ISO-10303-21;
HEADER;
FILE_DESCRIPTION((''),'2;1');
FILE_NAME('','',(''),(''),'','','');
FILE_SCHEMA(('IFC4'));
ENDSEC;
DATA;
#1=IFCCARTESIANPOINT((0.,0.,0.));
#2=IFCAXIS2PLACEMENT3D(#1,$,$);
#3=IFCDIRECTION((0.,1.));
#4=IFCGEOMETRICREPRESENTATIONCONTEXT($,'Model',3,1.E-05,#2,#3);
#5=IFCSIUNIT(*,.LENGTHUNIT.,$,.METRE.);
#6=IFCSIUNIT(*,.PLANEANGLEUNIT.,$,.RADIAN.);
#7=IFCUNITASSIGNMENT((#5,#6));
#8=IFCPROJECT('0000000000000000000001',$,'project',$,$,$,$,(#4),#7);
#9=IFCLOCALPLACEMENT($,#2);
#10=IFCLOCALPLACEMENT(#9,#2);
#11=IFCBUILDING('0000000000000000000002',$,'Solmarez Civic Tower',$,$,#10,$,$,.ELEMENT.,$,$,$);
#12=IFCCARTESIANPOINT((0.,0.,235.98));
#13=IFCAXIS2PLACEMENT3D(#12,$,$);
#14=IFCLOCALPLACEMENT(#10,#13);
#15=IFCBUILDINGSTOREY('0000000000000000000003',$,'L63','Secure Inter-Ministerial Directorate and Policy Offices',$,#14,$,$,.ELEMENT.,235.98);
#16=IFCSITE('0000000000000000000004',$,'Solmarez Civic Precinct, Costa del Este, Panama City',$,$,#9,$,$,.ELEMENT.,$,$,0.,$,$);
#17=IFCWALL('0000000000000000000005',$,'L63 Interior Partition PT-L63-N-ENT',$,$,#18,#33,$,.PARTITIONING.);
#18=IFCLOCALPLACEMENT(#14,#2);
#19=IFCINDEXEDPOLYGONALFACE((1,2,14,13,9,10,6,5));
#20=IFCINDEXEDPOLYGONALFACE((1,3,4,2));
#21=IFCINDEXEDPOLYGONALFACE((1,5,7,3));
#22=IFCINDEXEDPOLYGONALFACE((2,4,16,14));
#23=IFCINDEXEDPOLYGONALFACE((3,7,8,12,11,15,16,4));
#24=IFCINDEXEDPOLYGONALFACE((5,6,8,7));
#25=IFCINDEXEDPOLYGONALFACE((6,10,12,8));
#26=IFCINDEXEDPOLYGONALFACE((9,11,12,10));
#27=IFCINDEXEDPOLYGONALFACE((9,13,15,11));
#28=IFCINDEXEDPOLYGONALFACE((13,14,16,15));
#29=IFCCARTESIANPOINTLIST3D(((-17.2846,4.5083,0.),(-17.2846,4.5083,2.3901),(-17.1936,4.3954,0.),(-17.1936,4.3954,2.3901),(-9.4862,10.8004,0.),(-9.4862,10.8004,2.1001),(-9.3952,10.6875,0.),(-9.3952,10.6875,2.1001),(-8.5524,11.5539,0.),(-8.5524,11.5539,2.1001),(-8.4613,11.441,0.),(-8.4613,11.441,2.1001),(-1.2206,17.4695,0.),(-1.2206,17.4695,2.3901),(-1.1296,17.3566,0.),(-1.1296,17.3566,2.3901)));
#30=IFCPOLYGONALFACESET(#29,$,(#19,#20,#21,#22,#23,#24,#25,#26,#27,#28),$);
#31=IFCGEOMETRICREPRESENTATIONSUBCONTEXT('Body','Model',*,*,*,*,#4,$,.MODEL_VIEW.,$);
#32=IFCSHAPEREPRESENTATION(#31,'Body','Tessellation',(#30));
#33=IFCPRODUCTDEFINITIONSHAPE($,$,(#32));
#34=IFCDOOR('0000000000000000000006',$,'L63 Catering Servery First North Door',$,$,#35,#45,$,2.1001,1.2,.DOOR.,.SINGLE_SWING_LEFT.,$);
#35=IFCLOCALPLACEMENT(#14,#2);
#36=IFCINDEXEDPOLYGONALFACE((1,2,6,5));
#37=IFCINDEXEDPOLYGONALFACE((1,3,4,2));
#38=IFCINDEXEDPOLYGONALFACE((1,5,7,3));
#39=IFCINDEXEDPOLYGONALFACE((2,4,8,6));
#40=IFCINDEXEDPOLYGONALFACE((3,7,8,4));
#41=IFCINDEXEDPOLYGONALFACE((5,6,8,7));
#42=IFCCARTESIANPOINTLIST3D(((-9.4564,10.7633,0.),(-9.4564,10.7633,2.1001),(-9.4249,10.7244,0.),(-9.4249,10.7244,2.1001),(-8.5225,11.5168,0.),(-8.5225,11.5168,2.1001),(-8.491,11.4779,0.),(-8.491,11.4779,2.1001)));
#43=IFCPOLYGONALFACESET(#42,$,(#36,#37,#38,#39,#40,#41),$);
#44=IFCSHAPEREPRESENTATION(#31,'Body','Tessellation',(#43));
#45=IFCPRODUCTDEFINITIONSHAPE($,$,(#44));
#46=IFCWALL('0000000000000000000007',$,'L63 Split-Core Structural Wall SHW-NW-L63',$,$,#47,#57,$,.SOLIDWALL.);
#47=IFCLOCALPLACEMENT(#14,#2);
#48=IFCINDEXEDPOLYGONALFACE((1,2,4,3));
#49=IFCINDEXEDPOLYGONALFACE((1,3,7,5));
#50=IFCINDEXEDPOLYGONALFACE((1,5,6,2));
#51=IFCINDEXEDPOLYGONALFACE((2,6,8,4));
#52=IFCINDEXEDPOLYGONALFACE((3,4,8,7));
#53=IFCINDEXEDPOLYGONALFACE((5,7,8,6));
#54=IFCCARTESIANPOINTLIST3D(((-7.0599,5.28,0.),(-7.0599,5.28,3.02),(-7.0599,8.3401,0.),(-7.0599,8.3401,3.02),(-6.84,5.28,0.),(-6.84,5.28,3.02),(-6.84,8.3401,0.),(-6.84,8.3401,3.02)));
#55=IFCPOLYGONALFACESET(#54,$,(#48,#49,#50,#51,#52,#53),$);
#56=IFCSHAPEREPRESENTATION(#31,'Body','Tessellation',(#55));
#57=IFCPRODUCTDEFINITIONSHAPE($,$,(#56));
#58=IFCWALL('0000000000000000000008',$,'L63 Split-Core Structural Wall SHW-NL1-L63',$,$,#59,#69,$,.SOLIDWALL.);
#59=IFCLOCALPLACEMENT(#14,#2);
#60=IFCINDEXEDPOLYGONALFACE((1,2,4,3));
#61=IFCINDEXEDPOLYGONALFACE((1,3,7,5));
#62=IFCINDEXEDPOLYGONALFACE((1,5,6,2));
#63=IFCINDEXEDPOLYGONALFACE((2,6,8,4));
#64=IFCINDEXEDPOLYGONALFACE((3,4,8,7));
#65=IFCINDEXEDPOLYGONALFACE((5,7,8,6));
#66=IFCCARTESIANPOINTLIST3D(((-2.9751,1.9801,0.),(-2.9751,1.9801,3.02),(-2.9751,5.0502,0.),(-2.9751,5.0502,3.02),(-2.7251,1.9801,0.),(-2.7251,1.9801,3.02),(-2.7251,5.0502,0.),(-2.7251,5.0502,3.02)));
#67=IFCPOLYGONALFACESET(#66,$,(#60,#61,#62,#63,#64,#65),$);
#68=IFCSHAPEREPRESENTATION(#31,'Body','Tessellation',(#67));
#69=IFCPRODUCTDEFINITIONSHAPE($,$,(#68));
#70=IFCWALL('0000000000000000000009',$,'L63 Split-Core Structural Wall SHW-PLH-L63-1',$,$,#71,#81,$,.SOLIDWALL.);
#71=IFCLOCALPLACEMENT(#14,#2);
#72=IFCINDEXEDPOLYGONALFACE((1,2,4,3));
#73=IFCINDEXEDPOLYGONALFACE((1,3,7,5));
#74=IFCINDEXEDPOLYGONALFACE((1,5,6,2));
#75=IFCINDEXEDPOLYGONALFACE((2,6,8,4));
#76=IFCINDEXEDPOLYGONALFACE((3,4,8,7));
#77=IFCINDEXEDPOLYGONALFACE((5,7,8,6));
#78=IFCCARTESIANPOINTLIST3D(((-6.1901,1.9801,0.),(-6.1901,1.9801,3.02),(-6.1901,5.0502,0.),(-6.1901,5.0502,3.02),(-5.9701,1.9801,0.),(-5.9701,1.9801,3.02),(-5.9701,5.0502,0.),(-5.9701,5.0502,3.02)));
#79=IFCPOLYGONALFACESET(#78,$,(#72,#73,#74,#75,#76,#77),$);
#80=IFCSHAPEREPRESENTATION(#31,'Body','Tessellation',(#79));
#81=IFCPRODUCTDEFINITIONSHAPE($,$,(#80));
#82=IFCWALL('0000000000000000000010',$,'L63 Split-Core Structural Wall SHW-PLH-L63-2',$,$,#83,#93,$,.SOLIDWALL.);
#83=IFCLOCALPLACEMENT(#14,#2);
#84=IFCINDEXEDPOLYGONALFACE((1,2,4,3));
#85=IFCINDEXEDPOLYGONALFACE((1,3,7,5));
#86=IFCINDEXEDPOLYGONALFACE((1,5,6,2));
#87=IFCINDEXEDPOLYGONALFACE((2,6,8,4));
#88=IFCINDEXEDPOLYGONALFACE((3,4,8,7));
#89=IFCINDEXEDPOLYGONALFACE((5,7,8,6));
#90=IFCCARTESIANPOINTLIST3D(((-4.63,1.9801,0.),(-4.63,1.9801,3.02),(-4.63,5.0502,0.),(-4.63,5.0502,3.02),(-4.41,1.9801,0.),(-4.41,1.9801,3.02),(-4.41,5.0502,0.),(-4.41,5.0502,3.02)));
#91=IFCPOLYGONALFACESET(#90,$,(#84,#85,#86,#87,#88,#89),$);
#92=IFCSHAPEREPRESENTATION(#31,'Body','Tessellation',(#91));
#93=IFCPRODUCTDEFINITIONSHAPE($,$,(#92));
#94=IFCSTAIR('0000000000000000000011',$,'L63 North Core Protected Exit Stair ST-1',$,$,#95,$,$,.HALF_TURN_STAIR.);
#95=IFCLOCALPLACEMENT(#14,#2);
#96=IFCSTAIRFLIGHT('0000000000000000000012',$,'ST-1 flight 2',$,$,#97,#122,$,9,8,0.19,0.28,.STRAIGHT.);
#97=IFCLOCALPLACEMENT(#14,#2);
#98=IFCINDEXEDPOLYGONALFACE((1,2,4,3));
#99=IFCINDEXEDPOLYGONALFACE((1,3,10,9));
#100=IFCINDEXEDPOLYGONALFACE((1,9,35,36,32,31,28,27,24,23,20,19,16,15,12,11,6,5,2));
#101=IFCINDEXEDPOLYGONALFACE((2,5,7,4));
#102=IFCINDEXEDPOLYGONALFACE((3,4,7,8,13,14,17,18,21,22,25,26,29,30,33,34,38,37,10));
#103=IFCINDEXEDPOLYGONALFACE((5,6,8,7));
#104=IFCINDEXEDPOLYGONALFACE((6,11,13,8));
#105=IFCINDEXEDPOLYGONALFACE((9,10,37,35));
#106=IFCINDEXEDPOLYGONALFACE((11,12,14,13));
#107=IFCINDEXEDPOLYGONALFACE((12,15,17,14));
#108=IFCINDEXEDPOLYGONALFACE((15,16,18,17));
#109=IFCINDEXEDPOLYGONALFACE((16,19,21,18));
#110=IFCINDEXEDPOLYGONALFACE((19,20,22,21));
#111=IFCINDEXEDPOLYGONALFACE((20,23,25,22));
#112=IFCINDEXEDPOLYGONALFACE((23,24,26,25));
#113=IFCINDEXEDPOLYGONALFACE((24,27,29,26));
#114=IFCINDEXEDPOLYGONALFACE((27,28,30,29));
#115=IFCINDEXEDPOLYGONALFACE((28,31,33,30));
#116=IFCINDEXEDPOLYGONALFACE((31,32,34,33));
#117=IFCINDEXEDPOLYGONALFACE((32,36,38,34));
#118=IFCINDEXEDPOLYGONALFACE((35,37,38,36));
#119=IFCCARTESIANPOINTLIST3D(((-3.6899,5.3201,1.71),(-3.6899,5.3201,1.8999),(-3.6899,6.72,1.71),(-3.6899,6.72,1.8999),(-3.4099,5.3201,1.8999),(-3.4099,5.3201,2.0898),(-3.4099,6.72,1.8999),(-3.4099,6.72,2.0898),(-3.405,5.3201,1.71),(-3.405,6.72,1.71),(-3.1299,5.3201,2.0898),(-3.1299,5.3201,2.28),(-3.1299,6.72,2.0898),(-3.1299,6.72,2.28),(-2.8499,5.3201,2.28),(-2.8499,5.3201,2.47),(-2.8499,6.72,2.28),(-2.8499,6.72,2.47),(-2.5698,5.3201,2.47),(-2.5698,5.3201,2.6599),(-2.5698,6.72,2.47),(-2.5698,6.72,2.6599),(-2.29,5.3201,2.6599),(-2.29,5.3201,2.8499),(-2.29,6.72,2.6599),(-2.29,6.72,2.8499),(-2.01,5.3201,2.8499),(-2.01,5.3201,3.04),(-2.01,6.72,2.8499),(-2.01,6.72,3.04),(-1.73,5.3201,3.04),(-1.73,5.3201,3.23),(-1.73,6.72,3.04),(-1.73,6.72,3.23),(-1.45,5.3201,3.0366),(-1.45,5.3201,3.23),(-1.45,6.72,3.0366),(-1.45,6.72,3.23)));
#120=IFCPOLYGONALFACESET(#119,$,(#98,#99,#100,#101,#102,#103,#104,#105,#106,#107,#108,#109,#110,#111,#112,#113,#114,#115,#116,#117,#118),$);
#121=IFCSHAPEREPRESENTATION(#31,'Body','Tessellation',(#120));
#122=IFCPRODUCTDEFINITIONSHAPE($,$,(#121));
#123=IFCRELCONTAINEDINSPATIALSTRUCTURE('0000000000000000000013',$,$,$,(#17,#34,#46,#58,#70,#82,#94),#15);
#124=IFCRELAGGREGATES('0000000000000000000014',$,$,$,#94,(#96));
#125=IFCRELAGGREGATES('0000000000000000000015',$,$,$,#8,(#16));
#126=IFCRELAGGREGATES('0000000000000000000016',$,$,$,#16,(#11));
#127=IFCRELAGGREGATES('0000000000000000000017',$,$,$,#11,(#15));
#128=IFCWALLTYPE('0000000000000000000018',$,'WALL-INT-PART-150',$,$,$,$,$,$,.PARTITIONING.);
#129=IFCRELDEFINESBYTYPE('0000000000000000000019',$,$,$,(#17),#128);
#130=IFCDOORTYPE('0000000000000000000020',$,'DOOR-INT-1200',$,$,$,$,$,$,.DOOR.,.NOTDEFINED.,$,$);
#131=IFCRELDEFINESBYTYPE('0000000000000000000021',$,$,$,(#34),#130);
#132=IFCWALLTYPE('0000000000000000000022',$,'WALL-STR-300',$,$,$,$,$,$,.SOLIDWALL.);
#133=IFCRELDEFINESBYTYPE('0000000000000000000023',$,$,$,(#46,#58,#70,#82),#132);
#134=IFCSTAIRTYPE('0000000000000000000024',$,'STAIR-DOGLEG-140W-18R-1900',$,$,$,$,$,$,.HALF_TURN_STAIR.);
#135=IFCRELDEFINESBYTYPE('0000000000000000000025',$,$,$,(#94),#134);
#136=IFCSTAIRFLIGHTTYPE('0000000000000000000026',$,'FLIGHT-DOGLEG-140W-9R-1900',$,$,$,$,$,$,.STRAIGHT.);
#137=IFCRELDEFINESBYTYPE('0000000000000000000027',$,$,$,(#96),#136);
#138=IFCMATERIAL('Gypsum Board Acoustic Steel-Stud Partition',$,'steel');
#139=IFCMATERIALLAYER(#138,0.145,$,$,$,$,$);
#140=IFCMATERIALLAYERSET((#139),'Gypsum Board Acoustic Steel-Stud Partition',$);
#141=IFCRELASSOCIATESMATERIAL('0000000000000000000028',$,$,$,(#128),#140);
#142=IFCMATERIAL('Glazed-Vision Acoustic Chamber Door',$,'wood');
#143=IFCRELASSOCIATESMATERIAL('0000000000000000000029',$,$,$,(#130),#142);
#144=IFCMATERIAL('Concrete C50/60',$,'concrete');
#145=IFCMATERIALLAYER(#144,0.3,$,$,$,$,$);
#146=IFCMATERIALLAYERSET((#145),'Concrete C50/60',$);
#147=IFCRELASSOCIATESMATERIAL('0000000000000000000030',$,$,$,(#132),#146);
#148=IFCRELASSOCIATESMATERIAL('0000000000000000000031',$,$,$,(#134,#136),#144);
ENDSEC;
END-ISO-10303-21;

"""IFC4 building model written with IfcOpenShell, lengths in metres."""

from ifc_helpers import new_model, si_unit, direction, frame, frame_2d, origin, place, context, subcontext, project, spatial, polyline, rectangle, outline, extrude, material, layer, layer_set, type_object, element, fill, aggregate, save


model = new_model("IFC4")

# Units and contexts
model_context = context("Model", 3, precision=1e-05, world=origin(), true_north=direction((0.0, 1.0)))
body_context = subcontext(model_context, "Body", "Model", "MODEL_VIEW")
ifc_project = project(units=[si_unit("LENGTHUNIT", "METRE"), si_unit("PLANEANGLEUNIT", "RADIAN")], contexts=[model_context])

# Site, building, storey
site_placement = place(None, origin())
site = spatial("IfcSite", under=ifc_project, at=site_placement, Name="Solmarez Civic Precinct, Costa del Este, Panama City", CompositionType="ELEMENT", RefElevation=0.0)
building_placement = place(site_placement, origin())
building = spatial("IfcBuilding", under=site, at=building_placement, Name="Solmarez Civic Tower", CompositionType="ELEMENT")
storey_placement = place(building_placement, frame((0.0, 0.0, 235.98)))
storey = spatial("IfcBuildingStorey", under=building, at=storey_placement, Name="L63", Description="Secure Inter-Ministerial Directorate and Policy Offices", CompositionType="ELEMENT", Elevation=235.98)

# Shared definitions
ifc_material_1 = material(Name="Concrete C50/60", Category="concrete")

# Shared definitions
ifc_material_2 = material(Name="Gypsum Board Acoustic Steel-Stud Partition", Category="steel")
ifc_layer_1 = layer(ifc_material_2, 0.145)
ifc_layer_set_1 = layer_set([ifc_layer_1], Name="Gypsum Board Acoustic Steel-Stud Partition")
wall_type_1 = type_object("IfcWallType", Name="WALL-INT-PART-150", PredefinedType="PARTITIONING", material=ifc_layer_set_1)

# Wall, opening, door
wall_1_placement = place(storey_placement, frame((-17.239, 4.4519, 0.0), z_axis=(0.0, 0.0, 1.0), x_axis=(0.778262, 0.627939, 0.0)))
wall_1 = element("IfcWall", 1, at=wall_1_placement, inside=storey, type_object=wall_type_1, Name="L63 Interior Partition PT-L63-N-ENT", PredefinedType="PARTITIONING", context=body_context, shape_type="SweptSolid", body=[
    extrude(rectangle(XDim=20.6409, YDim=0.145, at=frame_2d((10.3203, 0.0))), origin(), (0.0, 0.0, 1.0), 2.3901),
])
opening_1_placement = place(wall_1_placement, frame((10.02, 0.0, 0.0)))
opening_1 = element("IfcOpeningElement", 2, at=opening_1_placement, cuts=wall_1, PredefinedType="OPENING", context=body_context, shape_type="SweptSolid", body=[
    extrude(rectangle(XDim=1.2, YDim=2.1001, at=frame_2d((0.6001, 1.05))), frame((0.0, 0.0825, 0.0), z_axis=(0.0, -1.0, 0.0), x_axis=(1.0, 0.0, 0.0)), (0.0, 0.0, 1.0), 0.165),
])
ifc_material_3 = material(Name="Glazed-Vision Acoustic Chamber Door", Category="wood")
door_type_1 = type_object("IfcDoorType", Name="DOOR-INT-1200", OperationType="NOTDEFINED", PredefinedType="DOOR", material=ifc_material_3)
door_1_placement = place(opening_1_placement, origin())
door_1 = element("IfcDoor", 3, at=door_1_placement, inside=storey, type_object=door_type_1, Name="L63 Catering Servery First North Door", OperationType="SINGLE_SWING_LEFT", OverallHeight=2.1001, OverallWidth=1.2, PredefinedType="DOOR", context=body_context, shape_type="SweptSolid", body=[
    extrude(rectangle(XDim=1.2, YDim=2.1001, at=frame_2d((0.6001, 1.05))), frame((0.0, 0.0249, 0.0), z_axis=(0.0, -1.0, 0.0), x_axis=(1.0, 0.0, 0.0)), (0.0, 0.0, 1.0), 0.05),
])
fill(opening_1, door_1)

# Walls
ifc_layer_2 = layer(ifc_material_1, 0.3)
ifc_layer_set_2 = layer_set([ifc_layer_2], Name="Concrete C50/60")
wall_type_2 = type_object("IfcWallType", Name="WALL-STR-300", PredefinedType="SOLIDWALL", material=ifc_layer_set_2)
wall_2_placement = place(storey_placement, frame((-6.95, 5.28, 0.0), z_axis=(0.0, 0.0, 1.0), x_axis=(0.0, 1.0, 0.0)))
element("IfcWall", 4, at=wall_2_placement, inside=storey, type_object=wall_type_2, Name="L63 Split-Core Structural Wall SHW-NW-L63", PredefinedType="SOLIDWALL", context=body_context, shape_type="SweptSolid", body=[
    extrude(rectangle(XDim=3.0601, YDim=0.22, at=frame_2d((1.53, 0.0))), origin(), (0.0, 0.0, 1.0), 3.02),
])
wall_3_placement = place(storey_placement, frame((-2.8501, 1.98, 0.0), z_axis=(0.0, 0.0, 1.0), x_axis=(0.0, 1.0, 0.0)))
element("IfcWall", 5, at=wall_3_placement, inside=storey, type_object=wall_type_2, Name="L63 Split-Core Structural Wall SHW-NL1-L63", PredefinedType="SOLIDWALL", context=body_context, shape_type="SweptSolid", body=[
    extrude(rectangle(XDim=3.0701, YDim=0.25, at=frame_2d((1.5352, 0.0))), origin(), (0.0, 0.0, 1.0), 3.02),
])
for number, where, z_axis, x_axis, name in (
    (6, (-6.0801, 1.98, 0.0), (0.0, 0.0, 1.0), (0.0, 1.0, 0.0), "L63 Split-Core Structural Wall SHW-PLH-L63-1"),
    (7, (-4.52, 1.98, 0.0), (0.0, 0.0, 1.0), (0.0, 1.0, 0.0), "L63 Split-Core Structural Wall SHW-PLH-L63-2"),
):
    element("IfcWall", number, at=place(storey_placement, frame(where, z_axis=z_axis, x_axis=x_axis)), inside=storey, type_object=wall_type_2, Name=name, PredefinedType="SOLIDWALL", context=body_context, shape_type="SweptSolid", body=[
        extrude(rectangle(XDim=3.0701, YDim=0.22, at=frame_2d((1.5352, 0.0))), origin(), (0.0, 0.0, 1.0), 3.02),
    ])

# Stair, stair flight
stair_type = type_object("IfcStairType", Name="STAIR-DOGLEG-140W-18R-1900", PredefinedType="HALF_TURN_STAIR", material=ifc_material_1)
stair_placement = place(storey_placement, origin())
stair = element("IfcStair", 8, at=stair_placement, inside=storey, type_object=stair_type, Name="L63 North Core Protected Exit Stair ST-1", PredefinedType="HALF_TURN_STAIR")
stair_flight_type = type_object("IfcStairFlightType", Name="FLIGHT-DOGLEG-140W-9R-1900", PredefinedType="STRAIGHT", material=ifc_material_1)
stair_flight_placement = place(storey_placement, frame((-3.6899, 6.02, 1.71), z_axis=(0.0, 0.0, 1.0), x_axis=(1.0, 0.0, 0.0)))
stair_flight = element("IfcStairFlight", 9, at=stair_flight_placement, type_object=stair_flight_type, Name="ST-1 flight 2", NumberOfRisers=9, NumberOfTreads=8, PredefinedType="STRAIGHT", RiserHeight=0.19, TreadLength=0.28, context=body_context, shape_type="SweptSolid", body=[
    extrude(outline(polyline([(0.0, 0.0), (0.0, 0.1899), (0.28, 0.1899), (0.28, 0.3799), (0.5601, 0.3799), (0.5601, 0.5701), (0.8401, 0.5701), (0.8401, 0.76), (1.1201, 0.76), (1.1201, 0.95), (1.3999, 0.95), (1.3999, 1.1399), (1.6799, 1.1399), (1.6799, 1.3301), (1.96, 1.3301), (1.96, 1.52), (2.24, 1.52), (2.24, 1.71), (2.24, 1.3267), (0.2849, 0.0), (0.0, 0.0)])), frame((0.0, 0.7, 0.0), z_axis=(0.0, -1.0, 0.0), x_axis=(1.0, 0.0, 0.0)), (0.0, 0.0, 1.0), 1.3999),
])
aggregate(stair, [stair_flight])

save(model, "model.ifc")
